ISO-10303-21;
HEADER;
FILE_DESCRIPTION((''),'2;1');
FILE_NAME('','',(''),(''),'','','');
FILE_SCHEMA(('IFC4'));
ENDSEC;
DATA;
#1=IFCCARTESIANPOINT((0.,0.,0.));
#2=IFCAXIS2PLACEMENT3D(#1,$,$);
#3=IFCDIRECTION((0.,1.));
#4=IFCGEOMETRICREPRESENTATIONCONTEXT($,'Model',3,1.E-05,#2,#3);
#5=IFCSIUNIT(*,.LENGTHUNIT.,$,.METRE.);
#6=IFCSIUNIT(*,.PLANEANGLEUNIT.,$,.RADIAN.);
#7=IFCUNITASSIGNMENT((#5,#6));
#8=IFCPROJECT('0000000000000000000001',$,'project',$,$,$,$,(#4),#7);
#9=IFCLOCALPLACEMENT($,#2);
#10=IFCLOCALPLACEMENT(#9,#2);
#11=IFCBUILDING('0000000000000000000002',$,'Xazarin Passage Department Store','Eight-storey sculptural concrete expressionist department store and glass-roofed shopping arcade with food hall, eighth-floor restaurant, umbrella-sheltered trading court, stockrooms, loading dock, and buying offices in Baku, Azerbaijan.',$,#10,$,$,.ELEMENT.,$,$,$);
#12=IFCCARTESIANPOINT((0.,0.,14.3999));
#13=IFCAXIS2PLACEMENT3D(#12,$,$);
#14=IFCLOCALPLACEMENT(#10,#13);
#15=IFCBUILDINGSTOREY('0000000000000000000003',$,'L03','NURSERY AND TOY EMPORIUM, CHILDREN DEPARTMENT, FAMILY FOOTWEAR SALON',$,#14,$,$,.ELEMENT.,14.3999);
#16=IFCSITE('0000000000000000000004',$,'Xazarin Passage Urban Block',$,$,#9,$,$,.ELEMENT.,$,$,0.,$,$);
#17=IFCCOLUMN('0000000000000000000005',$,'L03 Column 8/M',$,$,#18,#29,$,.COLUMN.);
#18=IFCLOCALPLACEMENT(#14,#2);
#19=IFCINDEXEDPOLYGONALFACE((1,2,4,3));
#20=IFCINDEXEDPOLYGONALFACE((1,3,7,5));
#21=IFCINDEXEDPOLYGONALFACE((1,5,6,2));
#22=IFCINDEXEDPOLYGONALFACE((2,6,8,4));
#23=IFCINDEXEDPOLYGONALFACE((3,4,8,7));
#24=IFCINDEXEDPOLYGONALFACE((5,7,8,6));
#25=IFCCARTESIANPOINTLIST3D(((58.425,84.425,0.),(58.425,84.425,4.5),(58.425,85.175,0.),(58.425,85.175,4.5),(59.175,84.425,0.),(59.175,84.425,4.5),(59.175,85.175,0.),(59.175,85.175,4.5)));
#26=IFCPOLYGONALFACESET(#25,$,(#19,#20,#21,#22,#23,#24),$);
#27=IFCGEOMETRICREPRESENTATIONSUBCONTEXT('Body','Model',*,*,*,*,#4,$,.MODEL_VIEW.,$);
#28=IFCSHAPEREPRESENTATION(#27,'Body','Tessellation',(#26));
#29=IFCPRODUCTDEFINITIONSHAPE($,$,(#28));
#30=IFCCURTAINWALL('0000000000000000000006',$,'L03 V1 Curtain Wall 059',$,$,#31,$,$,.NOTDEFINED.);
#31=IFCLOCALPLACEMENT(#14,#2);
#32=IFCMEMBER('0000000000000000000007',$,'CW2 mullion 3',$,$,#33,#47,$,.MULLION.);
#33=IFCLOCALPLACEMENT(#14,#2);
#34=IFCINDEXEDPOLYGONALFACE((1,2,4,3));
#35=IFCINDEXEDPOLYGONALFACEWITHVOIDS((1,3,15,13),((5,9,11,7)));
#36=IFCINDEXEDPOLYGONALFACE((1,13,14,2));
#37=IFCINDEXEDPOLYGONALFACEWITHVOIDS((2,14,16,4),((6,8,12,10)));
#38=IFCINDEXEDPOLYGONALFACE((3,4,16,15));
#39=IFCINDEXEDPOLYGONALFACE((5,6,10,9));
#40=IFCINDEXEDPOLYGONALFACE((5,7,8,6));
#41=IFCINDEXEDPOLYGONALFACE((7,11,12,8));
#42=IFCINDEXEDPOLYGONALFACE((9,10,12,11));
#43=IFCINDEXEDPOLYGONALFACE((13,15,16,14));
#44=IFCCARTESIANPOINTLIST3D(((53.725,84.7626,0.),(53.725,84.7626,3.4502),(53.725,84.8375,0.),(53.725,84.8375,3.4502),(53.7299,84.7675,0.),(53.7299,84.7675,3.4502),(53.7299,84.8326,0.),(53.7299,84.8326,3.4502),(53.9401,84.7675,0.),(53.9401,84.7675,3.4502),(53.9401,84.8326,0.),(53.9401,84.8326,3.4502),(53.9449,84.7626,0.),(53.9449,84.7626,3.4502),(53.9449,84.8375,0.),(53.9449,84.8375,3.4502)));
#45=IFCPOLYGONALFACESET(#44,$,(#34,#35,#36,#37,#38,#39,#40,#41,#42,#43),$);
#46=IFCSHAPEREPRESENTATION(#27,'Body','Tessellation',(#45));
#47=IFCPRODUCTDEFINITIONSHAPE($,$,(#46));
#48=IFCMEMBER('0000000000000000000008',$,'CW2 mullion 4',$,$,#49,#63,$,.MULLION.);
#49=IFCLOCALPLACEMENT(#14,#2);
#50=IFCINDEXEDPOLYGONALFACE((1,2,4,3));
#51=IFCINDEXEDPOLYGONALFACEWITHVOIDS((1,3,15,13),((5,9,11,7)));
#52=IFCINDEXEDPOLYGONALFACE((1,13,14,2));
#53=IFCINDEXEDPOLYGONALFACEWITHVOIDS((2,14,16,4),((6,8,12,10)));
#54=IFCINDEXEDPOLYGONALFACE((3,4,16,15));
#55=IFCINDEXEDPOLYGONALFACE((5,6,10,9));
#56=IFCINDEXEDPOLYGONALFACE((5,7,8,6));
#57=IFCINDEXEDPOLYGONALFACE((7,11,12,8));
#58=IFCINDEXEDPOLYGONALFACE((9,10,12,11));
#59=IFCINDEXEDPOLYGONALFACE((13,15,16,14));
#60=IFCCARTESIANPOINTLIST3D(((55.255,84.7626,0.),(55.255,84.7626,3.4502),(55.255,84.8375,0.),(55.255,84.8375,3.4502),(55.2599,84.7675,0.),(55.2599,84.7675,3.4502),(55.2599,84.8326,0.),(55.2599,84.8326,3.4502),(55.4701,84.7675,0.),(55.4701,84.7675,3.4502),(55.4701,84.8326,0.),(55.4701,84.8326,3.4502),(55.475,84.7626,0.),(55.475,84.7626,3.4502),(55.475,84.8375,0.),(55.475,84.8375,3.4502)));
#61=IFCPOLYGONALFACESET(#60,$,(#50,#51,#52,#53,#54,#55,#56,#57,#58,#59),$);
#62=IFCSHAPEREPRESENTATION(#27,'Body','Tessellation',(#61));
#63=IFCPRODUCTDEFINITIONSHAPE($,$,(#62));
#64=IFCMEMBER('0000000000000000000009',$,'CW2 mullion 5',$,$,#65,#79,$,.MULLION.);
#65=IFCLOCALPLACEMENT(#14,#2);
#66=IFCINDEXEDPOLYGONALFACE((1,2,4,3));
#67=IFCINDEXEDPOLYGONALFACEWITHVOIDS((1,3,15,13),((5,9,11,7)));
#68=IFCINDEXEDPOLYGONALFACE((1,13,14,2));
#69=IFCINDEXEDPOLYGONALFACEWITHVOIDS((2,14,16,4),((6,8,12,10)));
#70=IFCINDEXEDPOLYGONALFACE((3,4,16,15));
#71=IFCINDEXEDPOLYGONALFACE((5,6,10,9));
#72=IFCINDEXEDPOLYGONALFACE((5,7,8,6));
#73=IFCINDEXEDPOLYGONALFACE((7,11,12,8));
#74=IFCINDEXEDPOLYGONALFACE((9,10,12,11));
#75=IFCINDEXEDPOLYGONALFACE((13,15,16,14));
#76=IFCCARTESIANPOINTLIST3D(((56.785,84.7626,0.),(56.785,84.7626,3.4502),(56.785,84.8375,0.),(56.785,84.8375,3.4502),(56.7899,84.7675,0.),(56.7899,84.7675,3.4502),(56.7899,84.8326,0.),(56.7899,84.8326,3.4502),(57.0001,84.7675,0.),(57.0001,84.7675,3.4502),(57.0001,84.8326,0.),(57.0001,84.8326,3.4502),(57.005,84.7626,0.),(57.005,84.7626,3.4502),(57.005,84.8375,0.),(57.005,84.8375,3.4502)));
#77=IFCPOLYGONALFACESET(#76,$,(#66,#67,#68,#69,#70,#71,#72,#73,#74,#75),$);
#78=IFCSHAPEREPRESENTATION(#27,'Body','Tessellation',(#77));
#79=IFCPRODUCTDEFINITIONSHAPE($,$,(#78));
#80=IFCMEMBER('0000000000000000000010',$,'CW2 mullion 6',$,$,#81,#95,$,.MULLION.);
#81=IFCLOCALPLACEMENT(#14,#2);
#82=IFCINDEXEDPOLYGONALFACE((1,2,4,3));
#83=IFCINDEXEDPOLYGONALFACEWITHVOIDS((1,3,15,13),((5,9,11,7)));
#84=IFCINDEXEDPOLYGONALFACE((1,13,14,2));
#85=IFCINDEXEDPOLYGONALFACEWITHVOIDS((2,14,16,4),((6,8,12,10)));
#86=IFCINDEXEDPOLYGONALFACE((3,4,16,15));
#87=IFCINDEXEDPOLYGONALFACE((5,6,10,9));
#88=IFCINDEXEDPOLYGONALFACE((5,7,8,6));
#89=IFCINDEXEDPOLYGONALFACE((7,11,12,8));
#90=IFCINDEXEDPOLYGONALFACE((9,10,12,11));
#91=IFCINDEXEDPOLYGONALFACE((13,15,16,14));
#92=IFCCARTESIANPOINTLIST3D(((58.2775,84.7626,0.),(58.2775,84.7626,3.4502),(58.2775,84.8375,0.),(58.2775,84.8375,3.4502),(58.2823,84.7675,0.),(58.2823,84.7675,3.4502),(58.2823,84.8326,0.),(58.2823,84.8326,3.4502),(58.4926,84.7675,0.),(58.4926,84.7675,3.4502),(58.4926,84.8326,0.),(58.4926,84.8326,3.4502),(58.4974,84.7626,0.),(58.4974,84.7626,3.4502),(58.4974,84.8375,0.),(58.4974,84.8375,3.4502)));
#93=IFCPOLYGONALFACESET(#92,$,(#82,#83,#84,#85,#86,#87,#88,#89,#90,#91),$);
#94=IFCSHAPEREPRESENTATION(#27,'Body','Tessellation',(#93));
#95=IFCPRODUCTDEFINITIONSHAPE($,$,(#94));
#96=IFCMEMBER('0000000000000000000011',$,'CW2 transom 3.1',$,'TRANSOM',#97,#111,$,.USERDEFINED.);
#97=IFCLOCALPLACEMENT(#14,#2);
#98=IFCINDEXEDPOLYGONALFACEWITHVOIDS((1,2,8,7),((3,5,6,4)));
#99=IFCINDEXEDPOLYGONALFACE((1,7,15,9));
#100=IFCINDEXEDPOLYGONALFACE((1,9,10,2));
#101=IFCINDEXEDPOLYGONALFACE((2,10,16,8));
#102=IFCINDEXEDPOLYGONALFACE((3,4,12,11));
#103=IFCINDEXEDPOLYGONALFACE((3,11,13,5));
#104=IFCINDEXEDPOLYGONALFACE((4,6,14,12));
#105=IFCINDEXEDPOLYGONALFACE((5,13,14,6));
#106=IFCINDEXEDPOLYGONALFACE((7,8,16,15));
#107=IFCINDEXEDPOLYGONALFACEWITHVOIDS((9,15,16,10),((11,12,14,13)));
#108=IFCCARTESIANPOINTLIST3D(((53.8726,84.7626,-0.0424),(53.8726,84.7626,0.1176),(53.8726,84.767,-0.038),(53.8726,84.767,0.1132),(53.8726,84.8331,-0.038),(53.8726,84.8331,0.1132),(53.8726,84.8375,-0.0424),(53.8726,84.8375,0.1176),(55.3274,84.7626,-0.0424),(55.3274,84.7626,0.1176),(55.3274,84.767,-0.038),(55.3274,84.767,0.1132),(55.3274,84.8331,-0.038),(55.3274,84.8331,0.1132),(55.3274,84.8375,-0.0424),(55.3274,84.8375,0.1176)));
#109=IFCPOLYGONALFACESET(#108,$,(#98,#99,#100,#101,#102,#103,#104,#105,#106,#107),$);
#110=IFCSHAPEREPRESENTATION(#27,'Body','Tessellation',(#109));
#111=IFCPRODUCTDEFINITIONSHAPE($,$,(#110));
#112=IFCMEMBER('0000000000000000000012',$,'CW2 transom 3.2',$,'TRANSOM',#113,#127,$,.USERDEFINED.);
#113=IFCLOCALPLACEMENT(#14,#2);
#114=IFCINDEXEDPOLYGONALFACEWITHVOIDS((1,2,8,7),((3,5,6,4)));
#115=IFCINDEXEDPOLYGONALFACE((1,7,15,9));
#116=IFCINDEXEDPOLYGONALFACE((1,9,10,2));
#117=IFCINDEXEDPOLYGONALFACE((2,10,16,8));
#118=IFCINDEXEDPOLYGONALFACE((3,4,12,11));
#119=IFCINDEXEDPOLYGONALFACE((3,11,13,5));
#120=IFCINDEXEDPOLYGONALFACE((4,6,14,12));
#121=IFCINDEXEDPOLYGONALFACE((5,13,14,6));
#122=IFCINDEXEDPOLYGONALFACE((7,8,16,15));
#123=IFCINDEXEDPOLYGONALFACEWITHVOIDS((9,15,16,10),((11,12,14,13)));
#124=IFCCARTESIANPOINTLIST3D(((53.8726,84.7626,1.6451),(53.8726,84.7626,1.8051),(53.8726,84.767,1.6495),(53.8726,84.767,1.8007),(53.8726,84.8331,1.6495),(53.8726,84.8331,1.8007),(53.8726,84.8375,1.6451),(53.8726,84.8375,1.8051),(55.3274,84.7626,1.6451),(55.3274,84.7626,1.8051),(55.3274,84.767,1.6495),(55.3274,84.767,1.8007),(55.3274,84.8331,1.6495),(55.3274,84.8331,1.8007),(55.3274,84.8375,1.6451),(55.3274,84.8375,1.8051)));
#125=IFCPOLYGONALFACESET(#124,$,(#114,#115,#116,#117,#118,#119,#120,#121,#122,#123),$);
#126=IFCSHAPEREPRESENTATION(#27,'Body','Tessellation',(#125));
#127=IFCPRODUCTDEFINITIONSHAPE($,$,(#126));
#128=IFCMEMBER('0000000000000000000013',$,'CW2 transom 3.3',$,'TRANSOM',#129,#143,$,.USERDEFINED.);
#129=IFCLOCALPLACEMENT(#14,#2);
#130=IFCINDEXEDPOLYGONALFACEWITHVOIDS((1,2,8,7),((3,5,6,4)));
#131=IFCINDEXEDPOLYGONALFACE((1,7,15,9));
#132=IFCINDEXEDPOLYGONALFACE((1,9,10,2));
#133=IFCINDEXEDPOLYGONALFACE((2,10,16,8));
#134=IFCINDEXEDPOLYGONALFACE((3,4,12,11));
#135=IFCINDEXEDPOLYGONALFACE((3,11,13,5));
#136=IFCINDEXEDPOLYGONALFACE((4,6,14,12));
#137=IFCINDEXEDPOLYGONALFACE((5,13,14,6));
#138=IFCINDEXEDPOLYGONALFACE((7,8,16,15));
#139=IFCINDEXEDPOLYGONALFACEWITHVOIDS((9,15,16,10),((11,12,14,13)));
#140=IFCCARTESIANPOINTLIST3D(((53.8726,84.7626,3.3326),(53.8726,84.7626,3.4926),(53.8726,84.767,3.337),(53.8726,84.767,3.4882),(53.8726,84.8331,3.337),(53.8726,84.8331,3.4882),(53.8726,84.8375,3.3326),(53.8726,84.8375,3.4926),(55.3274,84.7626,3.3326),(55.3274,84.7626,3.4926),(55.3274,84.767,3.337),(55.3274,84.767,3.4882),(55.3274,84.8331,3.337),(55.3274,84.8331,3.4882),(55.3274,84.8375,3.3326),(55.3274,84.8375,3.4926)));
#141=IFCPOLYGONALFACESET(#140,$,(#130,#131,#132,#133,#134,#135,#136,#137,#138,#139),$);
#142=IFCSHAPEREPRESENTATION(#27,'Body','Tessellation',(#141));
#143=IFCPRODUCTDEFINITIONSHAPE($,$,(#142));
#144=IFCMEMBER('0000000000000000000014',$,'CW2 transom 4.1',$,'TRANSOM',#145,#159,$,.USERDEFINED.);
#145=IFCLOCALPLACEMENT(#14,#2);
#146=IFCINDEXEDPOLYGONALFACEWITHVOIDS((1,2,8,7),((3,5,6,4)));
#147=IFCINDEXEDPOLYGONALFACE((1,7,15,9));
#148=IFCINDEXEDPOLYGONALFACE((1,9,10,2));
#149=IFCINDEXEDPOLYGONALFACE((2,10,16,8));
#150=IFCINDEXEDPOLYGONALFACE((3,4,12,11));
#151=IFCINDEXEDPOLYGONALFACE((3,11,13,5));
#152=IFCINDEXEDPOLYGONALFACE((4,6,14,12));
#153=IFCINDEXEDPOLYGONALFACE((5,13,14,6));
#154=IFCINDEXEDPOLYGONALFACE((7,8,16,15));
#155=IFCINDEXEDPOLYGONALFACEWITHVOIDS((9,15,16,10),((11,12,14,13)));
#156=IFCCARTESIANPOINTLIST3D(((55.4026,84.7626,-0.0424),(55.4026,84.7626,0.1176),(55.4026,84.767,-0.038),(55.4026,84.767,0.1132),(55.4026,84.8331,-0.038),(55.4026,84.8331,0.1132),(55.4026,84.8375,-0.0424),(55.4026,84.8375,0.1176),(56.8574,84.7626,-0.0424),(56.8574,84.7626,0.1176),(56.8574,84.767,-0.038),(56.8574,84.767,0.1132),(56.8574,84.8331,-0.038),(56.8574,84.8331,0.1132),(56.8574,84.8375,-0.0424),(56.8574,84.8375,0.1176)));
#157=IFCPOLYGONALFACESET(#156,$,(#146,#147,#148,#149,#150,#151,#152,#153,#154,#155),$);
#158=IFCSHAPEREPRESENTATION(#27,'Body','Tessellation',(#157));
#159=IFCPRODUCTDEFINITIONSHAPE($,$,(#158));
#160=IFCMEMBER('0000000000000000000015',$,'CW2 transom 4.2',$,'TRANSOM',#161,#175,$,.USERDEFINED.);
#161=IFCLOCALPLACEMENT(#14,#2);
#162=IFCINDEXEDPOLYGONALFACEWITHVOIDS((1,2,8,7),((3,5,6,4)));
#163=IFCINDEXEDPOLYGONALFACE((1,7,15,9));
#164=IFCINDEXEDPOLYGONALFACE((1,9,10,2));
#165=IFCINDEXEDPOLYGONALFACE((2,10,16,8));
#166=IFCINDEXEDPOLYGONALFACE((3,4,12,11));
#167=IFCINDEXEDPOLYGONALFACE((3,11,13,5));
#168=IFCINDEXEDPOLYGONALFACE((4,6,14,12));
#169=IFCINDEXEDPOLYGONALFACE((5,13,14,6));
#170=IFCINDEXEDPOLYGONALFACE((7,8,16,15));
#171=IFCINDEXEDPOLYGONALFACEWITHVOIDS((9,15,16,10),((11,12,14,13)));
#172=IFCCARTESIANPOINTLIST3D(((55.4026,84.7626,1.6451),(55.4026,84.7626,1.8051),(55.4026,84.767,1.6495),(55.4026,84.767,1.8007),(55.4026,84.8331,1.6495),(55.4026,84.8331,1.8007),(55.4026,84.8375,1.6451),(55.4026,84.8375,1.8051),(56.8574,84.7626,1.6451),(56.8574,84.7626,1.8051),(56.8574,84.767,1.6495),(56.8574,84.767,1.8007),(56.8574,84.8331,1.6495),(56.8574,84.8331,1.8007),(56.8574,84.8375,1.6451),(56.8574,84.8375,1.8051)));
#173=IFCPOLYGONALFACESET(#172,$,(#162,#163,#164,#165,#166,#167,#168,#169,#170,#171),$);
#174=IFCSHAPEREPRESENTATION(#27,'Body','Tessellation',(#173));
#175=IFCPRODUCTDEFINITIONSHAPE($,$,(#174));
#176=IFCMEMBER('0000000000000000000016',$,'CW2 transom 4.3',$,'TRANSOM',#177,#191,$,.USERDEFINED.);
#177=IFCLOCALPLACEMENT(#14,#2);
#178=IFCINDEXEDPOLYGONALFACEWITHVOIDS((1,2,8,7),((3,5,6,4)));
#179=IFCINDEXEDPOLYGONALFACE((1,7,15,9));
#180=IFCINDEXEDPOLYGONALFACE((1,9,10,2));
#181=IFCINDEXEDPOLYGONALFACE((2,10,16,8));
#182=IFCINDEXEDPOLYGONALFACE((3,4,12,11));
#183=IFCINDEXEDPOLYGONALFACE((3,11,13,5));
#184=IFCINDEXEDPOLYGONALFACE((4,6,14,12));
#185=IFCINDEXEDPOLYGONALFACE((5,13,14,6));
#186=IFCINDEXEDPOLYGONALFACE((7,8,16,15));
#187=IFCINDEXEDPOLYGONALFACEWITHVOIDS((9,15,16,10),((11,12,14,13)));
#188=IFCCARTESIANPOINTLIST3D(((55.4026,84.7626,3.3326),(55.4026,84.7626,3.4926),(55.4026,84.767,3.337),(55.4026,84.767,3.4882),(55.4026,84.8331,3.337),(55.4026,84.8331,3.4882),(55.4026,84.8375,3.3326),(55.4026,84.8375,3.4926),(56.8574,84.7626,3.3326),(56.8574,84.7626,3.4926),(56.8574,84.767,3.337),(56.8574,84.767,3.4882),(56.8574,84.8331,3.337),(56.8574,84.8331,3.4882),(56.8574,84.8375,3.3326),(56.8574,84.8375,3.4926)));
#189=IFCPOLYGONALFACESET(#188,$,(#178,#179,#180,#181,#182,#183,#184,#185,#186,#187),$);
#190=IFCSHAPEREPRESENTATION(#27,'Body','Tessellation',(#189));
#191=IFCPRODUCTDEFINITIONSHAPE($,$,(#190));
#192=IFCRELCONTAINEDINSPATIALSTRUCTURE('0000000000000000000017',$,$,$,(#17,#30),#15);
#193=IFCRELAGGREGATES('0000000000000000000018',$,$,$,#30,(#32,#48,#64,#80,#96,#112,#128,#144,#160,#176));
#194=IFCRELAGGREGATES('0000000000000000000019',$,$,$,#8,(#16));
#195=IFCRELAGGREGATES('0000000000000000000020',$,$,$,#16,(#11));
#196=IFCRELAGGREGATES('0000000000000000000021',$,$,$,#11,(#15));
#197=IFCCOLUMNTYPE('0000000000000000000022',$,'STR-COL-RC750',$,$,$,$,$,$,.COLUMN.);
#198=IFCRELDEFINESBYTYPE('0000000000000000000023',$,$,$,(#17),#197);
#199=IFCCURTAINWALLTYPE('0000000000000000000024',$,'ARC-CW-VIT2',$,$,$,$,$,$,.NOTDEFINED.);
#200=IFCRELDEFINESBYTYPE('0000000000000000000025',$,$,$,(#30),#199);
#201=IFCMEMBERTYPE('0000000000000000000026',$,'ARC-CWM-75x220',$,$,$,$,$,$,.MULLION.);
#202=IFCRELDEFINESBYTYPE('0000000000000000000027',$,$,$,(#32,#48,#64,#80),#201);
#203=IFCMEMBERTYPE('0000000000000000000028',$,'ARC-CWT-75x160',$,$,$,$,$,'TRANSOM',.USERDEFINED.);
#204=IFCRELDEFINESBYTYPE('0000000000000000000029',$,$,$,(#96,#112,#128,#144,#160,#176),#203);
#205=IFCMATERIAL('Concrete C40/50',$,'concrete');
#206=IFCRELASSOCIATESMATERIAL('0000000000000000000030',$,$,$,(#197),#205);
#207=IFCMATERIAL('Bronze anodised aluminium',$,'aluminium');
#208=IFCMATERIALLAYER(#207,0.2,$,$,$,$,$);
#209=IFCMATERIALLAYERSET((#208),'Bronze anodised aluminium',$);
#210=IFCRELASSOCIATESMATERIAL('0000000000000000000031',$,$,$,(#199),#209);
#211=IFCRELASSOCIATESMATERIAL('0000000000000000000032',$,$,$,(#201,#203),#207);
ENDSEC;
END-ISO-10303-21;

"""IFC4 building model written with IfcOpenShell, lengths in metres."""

from ifc_helpers import new_model, si_unit, direction, frame, origin, origin_2d, place, context, subcontext, project, spatial, rectangle, hollow_rectangle, extrude, material, layer, layer_set, material_profile, profile_set, type_object, element, aggregate, save


model = new_model("IFC4")

# Units and contexts
model_context = context("Model", 3, precision=1e-05, world=origin(), true_north=direction((0.0, 1.0)))
body_context = subcontext(model_context, "Body", "Model", "MODEL_VIEW")
ifc_project = project(units=[si_unit("LENGTHUNIT", "METRE"), si_unit("PLANEANGLEUNIT", "RADIAN")], contexts=[model_context])

# Site, building, storey
site_placement = place(None, origin())
site = spatial("IfcSite", under=ifc_project, at=site_placement, Name="Xazarin Passage Urban Block", CompositionType="ELEMENT", RefElevation=0.0)
building_placement = place(site_placement, origin())
building = spatial("IfcBuilding", under=site, at=building_placement, Name="Xazarin Passage Department Store", Description="Eight-storey sculptural concrete expressionist department store and glass-roofed shopping arcade with food hall, eighth-floor restaurant, umbrella-sheltered trading court, stockrooms, loading dock, and buying offices in Baku, Azerbaijan.", CompositionType="ELEMENT")
storey_placement = place(building_placement, frame((0.0, 0.0, 14.3999)))
storey = spatial("IfcBuildingStorey", under=building, at=storey_placement, Name="L03", Description="NURSERY AND TOY EMPORIUM, CHILDREN DEPARTMENT, FAMILY FOOTWEAR SALON", CompositionType="ELEMENT", Elevation=14.3999)

# Column
ifc_material_1 = material(Name="Concrete C40/50", Category="concrete")
ifc_material_profile_1 = material_profile(ifc_material_1, rectangle(XDim=0.75, YDim=0.75, at=origin_2d()), Name="RC 750x750")
ifc_profile_set_1 = profile_set([ifc_material_profile_1], Name="Concrete C40/50")
column_type = type_object("IfcColumnType", Name="STR-COL-RC750", PredefinedType="COLUMN", material=ifc_profile_set_1)
column_placement = place(storey_placement, frame((58.8, 84.8, 0.0), z_axis=(0.0, 0.0, 1.0), x_axis=(1.0, 0.0, 0.0)))
element("IfcColumn", 1, at=column_placement, inside=storey, type_object=column_type, Name="L03 Column 8/M", PredefinedType="COLUMN", context=body_context, shape_type="SweptSolid", body=[
    extrude(rectangle(XDim=0.75, YDim=0.75, at=origin_2d()), origin(), (0.0, 0.0, 1.0), 4.5),
])

# Curtain wall, members
ifc_material_2 = material(Name="Bronze anodised aluminium", Category="aluminium")
ifc_layer_1 = layer(ifc_material_2, 0.2)
ifc_layer_set_1 = layer_set([ifc_layer_1], Name="Bronze anodised aluminium")
curtain_wall_type = type_object("IfcCurtainWallType", Name="ARC-CW-VIT2", PredefinedType="NOTDEFINED", material=ifc_layer_set_1)
curtain_wall_placement = place(storey_placement, origin())
curtain_wall = element("IfcCurtainWall", 2, at=curtain_wall_placement, inside=storey, type_object=curtain_wall_type, Name="L03 V1 Curtain Wall 059", PredefinedType="NOTDEFINED")
ifc_material_profile_2 = material_profile(ifc_material_2, hollow_rectangle(XDim=0.075, YDim=0.22, WallThickness=0.0049, at=origin_2d()), Name="ALU 75x220")
ifc_profile_set_2 = profile_set([ifc_material_profile_2], Name="Bronze anodised aluminium")
member_type_1 = type_object("IfcMemberType", Name="ARC-CWM-75x220", PredefinedType="MULLION", material=ifc_profile_set_2)
member_1_placement = place(storey_placement, frame((53.835, 84.8, 0.0), z_axis=(0.0, 0.0, 1.0), x_axis=(0.0, 1.0, 0.0)))
member_1 = element("IfcMember", 3, at=member_1_placement, type_object=member_type_1, Name="CW2 mullion 3", PredefinedType="MULLION", context=body_context, shape_type="SweptSolid", body=[
    extrude(hollow_rectangle(XDim=0.075, YDim=0.22, WallThickness=0.0049, at=origin_2d()), origin(), (0.0, 0.0, 1.0), 3.4502),
])
member_2_placement = place(storey_placement, frame((55.365, 84.8, 0.0), z_axis=(0.0, 0.0, 1.0), x_axis=(0.0, 1.0, 0.0)))
member_2 = element("IfcMember", 4, at=member_2_placement, type_object=member_type_1, Name="CW2 mullion 4", PredefinedType="MULLION", context=body_context, shape_type="SweptSolid", body=[
    extrude(hollow_rectangle(XDim=0.075, YDim=0.22, WallThickness=0.0049, at=origin_2d()), origin(), (0.0, 0.0, 1.0), 3.4502),
])
member_3_placement = place(storey_placement, frame((56.895, 84.8, 0.0), z_axis=(0.0, 0.0, 1.0), x_axis=(0.0, 1.0, 0.0)))
member_3 = element("IfcMember", 5, at=member_3_placement, type_object=member_type_1, Name="CW2 mullion 5", PredefinedType="MULLION", context=body_context, shape_type="SweptSolid", body=[
    extrude(hollow_rectangle(XDim=0.075, YDim=0.22, WallThickness=0.0049, at=origin_2d()), origin(), (0.0, 0.0, 1.0), 3.4502),
])
member_4_placement = place(storey_placement, frame((58.3875, 84.8, 0.0), z_axis=(0.0, 0.0, 1.0), x_axis=(0.0, 1.0, 0.0)))
member_4 = element("IfcMember", 6, at=member_4_placement, type_object=member_type_1, Name="CW2 mullion 6", PredefinedType="MULLION", context=body_context, shape_type="SweptSolid", body=[
    extrude(hollow_rectangle(XDim=0.075, YDim=0.22, WallThickness=0.0049, at=origin_2d()), origin(), (0.0, 0.0, 1.0), 3.4502),
])
ifc_material_profile_3 = material_profile(ifc_material_2, hollow_rectangle(XDim=0.075, YDim=0.1599, WallThickness=0.0044, at=origin_2d()), Name="ALU 75x160")
ifc_profile_set_3 = profile_set([ifc_material_profile_3], Name="Bronze anodised aluminium")
member_type_2 = type_object("IfcMemberType", Name="ARC-CWT-75x160", ElementType="TRANSOM", PredefinedType="USERDEFINED", material=ifc_profile_set_3)
member_5_placement = place(storey_placement, frame((53.8726, 84.8, 0.0376), z_axis=(1.0, 0.0, 0.0), x_axis=(0.0, 1.0, 0.0)))
member_5 = element("IfcMember", 7, at=member_5_placement, type_object=member_type_2, Name="CW2 transom 3.1", ObjectType="TRANSOM", PredefinedType="USERDEFINED", context=body_context, shape_type="SweptSolid", body=[
    extrude(hollow_rectangle(XDim=0.075, YDim=0.1599, WallThickness=0.0044, at=origin_2d()), origin(), (0.0, 0.0, 1.0), 1.4548),
])
member_6_placement = place(storey_placement, frame((53.8726, 84.8, 1.7251), z_axis=(1.0, 0.0, 0.0), x_axis=(0.0, 1.0, 0.0)))
member_6 = element("IfcMember", 8, at=member_6_placement, type_object=member_type_2, Name="CW2 transom 3.2", ObjectType="TRANSOM", PredefinedType="USERDEFINED", context=body_context, shape_type="SweptSolid", body=[
    extrude(hollow_rectangle(XDim=0.075, YDim=0.1599, WallThickness=0.0044, at=origin_2d()), origin(), (0.0, 0.0, 1.0), 1.4548),
])
member_7_placement = place(storey_placement, frame((53.8726, 84.8, 3.4126), z_axis=(1.0, 0.0, 0.0), x_axis=(0.0, 1.0, 0.0)))
member_7 = element("IfcMember", 9, at=member_7_placement, type_object=member_type_2, Name="CW2 transom 3.3", ObjectType="TRANSOM", PredefinedType="USERDEFINED", context=body_context, shape_type="SweptSolid", body=[
    extrude(hollow_rectangle(XDim=0.075, YDim=0.1599, WallThickness=0.0044, at=origin_2d()), origin(), (0.0, 0.0, 1.0), 1.4548),
])
member_8_placement = place(storey_placement, frame((55.4026, 84.8, 0.0376), z_axis=(1.0, 0.0, 0.0), x_axis=(0.0, 1.0, 0.0)))
member_8 = element("IfcMember", 10, at=member_8_placement, type_object=member_type_2, Name="CW2 transom 4.1", ObjectType="TRANSOM", PredefinedType="USERDEFINED", context=body_context, shape_type="SweptSolid", body=[
    extrude(hollow_rectangle(XDim=0.075, YDim=0.1599, WallThickness=0.0044, at=origin_2d()), origin(), (0.0, 0.0, 1.0), 1.4548),
])
member_9_placement = place(storey_placement, frame((55.4026, 84.8, 1.7251), z_axis=(1.0, 0.0, 0.0), x_axis=(0.0, 1.0, 0.0)))
member_9 = element("IfcMember", 11, at=member_9_placement, type_object=member_type_2, Name="CW2 transom 4.2", ObjectType="TRANSOM", PredefinedType="USERDEFINED", context=body_context, shape_type="SweptSolid", body=[
    extrude(hollow_rectangle(XDim=0.075, YDim=0.1599, WallThickness=0.0044, at=origin_2d()), origin(), (0.0, 0.0, 1.0), 1.4548),
])
member_10_placement = place(storey_placement, frame((55.4026, 84.8, 3.4126), z_axis=(1.0, 0.0, 0.0), x_axis=(0.0, 1.0, 0.0)))
member_10 = element("IfcMember", 12, at=member_10_placement, type_object=member_type_2, Name="CW2 transom 4.3", ObjectType="TRANSOM", PredefinedType="USERDEFINED", context=body_context, shape_type="SweptSolid", body=[
    extrude(hollow_rectangle(XDim=0.075, YDim=0.1599, WallThickness=0.0044, at=origin_2d()), origin(), (0.0, 0.0, 1.0), 1.4548),
])
aggregate(curtain_wall, [member_1, member_2, member_3, member_4, member_5, member_6, member_7, member_8, member_9, member_10])

save(model, "model.ifc")
